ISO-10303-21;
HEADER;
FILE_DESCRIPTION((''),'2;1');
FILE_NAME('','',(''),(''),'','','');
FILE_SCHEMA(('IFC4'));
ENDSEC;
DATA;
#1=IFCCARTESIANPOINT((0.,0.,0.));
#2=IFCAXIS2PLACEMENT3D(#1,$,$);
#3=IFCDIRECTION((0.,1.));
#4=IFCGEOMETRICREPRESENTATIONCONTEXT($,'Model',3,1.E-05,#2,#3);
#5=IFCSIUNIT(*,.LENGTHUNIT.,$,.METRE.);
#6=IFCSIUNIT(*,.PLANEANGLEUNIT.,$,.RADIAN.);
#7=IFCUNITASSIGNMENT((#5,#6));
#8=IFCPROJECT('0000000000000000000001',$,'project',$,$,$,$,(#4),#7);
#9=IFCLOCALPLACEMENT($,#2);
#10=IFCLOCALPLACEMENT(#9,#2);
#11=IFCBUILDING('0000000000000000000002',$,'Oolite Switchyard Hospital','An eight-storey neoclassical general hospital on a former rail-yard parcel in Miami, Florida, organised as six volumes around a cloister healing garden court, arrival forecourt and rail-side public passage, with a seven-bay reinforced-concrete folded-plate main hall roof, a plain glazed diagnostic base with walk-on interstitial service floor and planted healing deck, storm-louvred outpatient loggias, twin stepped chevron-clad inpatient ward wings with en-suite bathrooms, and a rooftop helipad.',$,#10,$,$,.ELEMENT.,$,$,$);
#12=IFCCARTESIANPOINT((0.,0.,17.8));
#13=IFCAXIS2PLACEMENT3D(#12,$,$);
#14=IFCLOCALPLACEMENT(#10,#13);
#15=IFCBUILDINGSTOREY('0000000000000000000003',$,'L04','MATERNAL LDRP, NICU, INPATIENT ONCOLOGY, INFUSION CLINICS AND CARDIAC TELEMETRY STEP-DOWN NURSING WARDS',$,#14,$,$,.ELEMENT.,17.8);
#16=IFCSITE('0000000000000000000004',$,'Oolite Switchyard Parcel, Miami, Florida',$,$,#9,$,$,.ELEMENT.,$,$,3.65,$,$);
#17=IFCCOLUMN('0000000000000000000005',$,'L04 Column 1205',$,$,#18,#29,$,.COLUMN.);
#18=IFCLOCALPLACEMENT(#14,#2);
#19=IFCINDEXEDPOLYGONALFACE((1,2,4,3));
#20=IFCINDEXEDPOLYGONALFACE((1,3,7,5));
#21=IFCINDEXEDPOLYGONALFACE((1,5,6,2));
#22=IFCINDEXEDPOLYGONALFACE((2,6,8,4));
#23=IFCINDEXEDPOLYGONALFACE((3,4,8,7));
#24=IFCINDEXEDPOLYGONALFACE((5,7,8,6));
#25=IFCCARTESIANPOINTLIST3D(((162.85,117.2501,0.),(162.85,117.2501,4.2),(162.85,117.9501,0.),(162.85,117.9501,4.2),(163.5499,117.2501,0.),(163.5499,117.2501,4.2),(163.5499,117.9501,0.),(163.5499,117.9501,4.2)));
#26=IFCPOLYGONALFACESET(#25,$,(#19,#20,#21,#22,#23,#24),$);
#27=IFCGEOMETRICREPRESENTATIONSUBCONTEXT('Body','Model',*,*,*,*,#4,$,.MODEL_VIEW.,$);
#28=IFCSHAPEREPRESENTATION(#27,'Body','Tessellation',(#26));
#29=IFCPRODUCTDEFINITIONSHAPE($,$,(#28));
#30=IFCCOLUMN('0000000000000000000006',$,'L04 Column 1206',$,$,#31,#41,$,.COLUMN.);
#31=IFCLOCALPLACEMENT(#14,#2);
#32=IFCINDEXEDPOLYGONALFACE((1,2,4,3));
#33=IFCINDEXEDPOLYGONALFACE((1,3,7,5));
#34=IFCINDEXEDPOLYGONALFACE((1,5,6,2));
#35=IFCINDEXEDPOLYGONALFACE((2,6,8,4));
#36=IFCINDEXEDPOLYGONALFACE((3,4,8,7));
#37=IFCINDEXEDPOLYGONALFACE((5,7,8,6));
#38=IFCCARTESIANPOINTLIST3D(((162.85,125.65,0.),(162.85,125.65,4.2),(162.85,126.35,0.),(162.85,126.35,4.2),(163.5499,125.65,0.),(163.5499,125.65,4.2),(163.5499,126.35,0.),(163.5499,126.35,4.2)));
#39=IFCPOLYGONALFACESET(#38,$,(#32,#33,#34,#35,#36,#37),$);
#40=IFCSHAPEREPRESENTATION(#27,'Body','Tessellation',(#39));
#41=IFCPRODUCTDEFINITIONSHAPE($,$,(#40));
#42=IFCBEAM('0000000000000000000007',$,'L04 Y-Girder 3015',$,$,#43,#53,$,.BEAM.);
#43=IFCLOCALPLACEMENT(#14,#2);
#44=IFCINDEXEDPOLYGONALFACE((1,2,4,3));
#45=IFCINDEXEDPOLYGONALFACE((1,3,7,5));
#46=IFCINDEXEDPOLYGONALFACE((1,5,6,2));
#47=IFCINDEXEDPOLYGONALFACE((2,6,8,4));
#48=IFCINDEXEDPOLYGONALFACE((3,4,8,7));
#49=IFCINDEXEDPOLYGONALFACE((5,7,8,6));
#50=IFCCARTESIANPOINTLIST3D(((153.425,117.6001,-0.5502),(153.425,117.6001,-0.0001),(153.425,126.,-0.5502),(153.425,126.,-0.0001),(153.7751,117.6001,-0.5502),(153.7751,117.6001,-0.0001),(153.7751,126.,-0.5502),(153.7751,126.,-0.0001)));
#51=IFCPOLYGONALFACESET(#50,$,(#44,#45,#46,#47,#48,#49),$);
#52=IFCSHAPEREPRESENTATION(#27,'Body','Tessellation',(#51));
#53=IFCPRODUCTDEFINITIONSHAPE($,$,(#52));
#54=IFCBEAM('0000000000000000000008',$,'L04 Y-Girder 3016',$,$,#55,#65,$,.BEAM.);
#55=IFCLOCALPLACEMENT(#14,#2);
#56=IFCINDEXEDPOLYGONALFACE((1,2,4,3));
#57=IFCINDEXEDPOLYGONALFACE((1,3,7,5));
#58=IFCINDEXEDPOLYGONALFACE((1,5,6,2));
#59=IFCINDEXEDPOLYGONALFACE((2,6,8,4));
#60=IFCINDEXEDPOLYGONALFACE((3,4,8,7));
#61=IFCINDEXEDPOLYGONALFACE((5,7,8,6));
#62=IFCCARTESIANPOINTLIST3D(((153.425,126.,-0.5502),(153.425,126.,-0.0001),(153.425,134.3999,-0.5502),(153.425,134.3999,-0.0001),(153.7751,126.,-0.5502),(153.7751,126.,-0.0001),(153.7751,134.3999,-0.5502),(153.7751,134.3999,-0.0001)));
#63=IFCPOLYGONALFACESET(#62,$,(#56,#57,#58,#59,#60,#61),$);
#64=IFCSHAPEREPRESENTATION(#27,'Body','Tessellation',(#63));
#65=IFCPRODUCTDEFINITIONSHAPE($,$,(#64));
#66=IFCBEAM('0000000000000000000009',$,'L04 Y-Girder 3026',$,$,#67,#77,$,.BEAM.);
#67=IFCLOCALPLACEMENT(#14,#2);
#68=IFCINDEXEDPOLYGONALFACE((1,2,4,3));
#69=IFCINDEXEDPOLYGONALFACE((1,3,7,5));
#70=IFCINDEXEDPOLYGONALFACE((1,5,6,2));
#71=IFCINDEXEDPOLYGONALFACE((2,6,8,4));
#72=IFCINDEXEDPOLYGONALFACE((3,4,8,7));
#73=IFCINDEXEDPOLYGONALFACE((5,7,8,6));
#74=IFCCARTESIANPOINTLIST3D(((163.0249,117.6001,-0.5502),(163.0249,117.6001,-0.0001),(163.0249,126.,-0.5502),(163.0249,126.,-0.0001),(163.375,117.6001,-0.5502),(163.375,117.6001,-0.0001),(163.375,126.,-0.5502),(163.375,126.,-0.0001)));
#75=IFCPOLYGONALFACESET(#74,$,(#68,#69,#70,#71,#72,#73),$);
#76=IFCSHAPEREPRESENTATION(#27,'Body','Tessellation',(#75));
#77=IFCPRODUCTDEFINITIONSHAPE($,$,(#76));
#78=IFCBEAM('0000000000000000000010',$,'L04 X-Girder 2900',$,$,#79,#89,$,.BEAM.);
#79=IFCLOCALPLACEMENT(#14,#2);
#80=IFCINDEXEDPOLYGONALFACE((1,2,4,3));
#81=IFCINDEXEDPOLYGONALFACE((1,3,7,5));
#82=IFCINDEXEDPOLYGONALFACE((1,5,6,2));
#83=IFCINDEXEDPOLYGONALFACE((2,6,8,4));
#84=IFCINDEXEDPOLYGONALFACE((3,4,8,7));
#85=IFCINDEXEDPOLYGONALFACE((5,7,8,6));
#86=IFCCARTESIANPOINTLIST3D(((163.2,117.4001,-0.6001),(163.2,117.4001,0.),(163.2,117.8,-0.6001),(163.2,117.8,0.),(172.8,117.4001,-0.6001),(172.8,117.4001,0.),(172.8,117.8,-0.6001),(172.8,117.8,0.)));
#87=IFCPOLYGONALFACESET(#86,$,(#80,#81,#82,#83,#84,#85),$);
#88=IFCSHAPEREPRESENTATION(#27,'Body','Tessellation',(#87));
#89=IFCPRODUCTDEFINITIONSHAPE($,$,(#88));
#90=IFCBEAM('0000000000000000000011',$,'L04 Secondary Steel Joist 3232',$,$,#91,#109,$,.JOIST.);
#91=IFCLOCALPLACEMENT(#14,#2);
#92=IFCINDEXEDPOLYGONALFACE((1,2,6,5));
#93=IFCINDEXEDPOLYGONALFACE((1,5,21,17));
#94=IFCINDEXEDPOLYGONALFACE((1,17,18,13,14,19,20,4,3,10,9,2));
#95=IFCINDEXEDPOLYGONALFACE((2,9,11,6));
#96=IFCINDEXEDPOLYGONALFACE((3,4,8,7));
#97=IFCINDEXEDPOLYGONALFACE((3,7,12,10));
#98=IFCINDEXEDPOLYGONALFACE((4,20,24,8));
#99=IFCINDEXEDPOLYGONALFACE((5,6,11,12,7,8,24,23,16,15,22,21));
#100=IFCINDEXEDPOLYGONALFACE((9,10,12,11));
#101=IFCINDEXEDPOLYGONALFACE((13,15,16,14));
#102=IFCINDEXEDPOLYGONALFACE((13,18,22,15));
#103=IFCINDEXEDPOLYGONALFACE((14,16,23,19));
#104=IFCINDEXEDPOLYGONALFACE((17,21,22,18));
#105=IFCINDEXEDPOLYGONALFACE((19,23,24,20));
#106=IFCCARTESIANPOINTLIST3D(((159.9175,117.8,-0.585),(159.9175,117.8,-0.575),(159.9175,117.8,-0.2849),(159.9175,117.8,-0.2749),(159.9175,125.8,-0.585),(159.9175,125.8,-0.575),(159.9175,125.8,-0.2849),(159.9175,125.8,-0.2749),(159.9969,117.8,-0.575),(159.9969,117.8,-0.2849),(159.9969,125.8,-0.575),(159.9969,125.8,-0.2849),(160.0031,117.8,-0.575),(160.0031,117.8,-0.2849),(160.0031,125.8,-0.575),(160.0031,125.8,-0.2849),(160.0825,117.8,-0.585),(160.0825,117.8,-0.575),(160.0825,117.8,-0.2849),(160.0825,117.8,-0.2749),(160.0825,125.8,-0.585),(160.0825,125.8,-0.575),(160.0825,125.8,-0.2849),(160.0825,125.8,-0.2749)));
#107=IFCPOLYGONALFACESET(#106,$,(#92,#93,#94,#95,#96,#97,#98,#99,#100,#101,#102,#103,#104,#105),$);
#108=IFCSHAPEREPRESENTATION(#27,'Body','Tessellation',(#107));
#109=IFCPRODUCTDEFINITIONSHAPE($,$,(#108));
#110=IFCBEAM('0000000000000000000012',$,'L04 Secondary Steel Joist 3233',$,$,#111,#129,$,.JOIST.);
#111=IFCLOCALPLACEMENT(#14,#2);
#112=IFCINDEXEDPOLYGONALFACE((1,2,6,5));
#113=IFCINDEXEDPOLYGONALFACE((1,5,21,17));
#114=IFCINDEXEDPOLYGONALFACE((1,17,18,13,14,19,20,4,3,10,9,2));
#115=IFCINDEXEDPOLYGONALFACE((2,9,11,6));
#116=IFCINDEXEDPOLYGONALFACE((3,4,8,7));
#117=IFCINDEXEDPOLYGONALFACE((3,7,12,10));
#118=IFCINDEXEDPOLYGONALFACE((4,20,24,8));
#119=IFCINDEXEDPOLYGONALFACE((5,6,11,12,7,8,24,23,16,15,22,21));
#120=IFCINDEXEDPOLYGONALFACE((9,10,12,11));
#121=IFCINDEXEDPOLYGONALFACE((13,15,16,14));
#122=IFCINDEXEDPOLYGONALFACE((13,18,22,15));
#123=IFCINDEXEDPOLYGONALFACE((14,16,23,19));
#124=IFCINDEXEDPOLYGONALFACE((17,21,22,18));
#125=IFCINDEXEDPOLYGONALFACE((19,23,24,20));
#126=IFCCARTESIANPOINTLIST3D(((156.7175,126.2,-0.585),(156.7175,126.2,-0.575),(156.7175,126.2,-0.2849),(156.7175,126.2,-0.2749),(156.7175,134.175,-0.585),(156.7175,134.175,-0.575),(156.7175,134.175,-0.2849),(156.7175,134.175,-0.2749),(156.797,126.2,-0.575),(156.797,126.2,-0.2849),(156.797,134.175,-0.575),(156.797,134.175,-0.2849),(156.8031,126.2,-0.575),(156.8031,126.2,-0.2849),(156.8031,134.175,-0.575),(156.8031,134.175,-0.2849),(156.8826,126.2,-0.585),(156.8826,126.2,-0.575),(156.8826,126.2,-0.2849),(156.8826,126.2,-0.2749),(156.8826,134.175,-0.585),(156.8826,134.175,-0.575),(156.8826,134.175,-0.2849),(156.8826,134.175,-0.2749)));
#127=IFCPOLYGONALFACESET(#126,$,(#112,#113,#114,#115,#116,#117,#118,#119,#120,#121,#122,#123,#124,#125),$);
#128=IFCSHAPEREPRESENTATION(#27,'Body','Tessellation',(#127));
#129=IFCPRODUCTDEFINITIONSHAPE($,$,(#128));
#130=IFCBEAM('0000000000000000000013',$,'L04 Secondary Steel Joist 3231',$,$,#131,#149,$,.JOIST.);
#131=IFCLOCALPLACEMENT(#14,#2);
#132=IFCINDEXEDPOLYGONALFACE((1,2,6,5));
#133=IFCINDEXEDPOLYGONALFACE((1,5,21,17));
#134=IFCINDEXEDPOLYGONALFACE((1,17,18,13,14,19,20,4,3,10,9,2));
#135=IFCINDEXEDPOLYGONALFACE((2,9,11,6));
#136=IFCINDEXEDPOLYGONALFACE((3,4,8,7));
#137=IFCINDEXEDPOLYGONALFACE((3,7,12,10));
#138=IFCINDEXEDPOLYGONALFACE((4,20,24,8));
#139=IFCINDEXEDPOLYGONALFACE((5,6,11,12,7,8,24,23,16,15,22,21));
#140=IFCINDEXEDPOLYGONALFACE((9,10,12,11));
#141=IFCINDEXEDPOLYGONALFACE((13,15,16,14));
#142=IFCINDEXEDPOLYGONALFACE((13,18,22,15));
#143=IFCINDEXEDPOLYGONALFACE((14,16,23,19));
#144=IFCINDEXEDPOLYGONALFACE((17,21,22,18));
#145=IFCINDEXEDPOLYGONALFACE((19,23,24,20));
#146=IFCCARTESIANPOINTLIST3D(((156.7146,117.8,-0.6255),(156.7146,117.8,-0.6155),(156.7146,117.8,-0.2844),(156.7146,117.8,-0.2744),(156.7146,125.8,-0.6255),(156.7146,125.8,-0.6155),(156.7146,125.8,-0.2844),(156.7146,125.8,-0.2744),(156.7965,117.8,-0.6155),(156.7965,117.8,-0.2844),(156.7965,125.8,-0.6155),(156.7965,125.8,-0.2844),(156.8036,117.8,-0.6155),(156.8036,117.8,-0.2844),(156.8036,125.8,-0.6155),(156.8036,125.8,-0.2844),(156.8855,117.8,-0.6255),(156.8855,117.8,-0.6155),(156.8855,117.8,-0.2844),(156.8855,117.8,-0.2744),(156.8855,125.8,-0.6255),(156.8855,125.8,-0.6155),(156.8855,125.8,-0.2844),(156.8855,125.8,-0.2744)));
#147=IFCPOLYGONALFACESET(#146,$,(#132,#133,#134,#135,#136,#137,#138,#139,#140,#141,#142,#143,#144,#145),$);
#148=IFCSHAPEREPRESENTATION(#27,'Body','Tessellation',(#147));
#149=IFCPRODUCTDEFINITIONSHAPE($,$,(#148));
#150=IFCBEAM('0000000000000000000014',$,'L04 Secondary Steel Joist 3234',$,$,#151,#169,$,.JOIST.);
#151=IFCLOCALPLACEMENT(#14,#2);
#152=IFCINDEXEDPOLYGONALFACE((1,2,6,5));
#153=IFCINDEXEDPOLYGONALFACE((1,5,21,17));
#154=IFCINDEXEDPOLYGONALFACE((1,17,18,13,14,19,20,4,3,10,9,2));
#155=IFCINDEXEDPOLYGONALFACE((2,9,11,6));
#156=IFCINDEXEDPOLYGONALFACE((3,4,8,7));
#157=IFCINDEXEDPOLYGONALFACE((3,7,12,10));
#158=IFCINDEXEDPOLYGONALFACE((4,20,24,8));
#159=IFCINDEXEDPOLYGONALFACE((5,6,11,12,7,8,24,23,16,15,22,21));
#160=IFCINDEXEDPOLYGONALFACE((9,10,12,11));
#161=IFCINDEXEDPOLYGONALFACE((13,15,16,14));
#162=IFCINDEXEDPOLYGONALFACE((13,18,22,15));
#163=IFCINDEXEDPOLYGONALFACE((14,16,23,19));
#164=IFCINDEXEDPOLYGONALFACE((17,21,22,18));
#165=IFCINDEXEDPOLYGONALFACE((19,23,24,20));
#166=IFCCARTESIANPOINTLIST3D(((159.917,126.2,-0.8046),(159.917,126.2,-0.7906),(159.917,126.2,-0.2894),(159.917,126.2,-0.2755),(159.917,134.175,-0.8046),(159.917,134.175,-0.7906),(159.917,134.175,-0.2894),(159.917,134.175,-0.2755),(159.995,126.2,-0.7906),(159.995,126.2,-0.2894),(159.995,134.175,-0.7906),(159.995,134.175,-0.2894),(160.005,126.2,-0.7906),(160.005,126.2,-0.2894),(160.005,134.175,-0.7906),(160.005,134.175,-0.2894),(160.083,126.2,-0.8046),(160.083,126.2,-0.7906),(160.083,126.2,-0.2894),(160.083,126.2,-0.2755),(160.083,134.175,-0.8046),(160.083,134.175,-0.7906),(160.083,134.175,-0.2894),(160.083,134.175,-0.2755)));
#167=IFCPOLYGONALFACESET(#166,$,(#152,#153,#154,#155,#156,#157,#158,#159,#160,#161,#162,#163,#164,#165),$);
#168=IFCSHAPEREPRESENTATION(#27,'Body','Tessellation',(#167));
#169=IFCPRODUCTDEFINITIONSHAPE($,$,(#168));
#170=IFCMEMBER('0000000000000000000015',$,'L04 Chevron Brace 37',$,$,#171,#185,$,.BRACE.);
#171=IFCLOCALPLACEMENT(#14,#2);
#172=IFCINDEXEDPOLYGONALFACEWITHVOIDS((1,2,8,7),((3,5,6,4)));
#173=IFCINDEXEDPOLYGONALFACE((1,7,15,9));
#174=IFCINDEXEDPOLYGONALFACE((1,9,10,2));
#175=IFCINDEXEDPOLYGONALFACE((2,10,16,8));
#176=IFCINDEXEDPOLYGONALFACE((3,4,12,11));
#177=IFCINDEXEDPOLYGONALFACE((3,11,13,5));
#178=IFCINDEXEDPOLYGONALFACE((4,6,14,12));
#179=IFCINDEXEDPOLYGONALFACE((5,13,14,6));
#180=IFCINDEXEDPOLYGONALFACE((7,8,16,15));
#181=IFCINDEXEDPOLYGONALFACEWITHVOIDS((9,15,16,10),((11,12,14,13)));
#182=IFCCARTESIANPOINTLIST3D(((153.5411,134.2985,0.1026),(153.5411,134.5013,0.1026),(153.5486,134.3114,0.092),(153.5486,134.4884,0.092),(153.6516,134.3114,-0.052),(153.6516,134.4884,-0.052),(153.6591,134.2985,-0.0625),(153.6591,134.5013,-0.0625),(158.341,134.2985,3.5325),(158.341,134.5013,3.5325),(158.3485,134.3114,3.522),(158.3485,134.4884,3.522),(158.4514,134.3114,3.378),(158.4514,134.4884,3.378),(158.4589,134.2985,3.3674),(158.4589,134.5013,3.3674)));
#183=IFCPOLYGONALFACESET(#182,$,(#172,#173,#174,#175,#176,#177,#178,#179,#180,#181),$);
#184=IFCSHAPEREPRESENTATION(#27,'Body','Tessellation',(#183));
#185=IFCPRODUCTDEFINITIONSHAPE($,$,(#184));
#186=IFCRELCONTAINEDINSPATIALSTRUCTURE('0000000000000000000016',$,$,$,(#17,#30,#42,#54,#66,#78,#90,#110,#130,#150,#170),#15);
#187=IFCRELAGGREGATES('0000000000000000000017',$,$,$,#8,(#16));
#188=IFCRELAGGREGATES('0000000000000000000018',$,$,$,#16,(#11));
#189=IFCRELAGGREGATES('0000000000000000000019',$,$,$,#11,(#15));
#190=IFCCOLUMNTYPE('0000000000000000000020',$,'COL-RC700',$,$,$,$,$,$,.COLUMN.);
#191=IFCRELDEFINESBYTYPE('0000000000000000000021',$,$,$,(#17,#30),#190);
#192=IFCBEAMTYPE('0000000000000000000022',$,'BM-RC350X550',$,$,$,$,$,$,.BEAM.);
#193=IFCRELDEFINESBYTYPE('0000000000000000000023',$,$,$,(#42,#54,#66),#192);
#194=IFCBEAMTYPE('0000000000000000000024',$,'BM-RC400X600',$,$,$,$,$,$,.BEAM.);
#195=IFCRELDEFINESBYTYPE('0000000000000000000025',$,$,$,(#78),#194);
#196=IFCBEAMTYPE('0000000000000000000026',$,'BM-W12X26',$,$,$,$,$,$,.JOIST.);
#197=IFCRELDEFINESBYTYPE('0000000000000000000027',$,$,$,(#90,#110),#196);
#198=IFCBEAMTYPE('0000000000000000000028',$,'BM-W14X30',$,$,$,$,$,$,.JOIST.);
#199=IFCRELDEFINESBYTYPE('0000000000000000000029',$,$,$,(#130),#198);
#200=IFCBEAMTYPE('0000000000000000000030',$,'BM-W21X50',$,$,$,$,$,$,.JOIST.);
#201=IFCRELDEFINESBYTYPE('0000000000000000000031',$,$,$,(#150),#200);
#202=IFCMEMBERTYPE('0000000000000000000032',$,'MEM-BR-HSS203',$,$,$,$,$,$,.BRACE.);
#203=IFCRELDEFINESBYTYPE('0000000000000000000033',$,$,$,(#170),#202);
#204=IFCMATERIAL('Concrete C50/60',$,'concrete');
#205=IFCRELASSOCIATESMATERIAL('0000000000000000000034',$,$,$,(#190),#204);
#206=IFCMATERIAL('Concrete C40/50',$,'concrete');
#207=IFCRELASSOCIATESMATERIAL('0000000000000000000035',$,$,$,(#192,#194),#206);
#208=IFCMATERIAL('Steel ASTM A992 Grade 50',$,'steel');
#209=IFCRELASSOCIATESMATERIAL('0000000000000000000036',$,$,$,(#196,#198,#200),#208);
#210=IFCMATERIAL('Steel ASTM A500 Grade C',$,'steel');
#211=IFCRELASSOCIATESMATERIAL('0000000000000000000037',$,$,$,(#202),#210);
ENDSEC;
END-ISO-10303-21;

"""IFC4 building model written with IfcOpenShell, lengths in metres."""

from ifc_helpers import new_model, si_unit, direction, frame, origin, origin_2d, place, context, subcontext, project, spatial, rectangle, hollow_rectangle, i_section, extrude, material, material_profile, profile_set, type_object, element, save


model = new_model("IFC4")

# Units and contexts
model_context = context("Model", 3, precision=1e-05, world=origin(), true_north=direction((0.0, 1.0)))
body_context = subcontext(model_context, "Body", "Model", "MODEL_VIEW")
ifc_project = project(units=[si_unit("LENGTHUNIT", "METRE"), si_unit("PLANEANGLEUNIT", "RADIAN")], contexts=[model_context])

# Site, building, storey
site_placement = place(None, origin())
site = spatial("IfcSite", under=ifc_project, at=site_placement, Name="Oolite Switchyard Parcel, Miami, Florida", CompositionType="ELEMENT", RefElevation=3.65)
building_placement = place(site_placement, origin())
building = spatial("IfcBuilding", under=site, at=building_placement, Name="Oolite Switchyard Hospital", Description="An eight-storey neoclassical general hospital on a former rail-yard parcel in Miami, Florida, organised as six volumes around a cloister healing garden court, arrival forecourt and rail-side public passage, with a seven-bay reinforced-concrete folded-plate main hall roof, a plain glazed diagnostic base with walk-on interstitial service floor and planted healing deck, storm-louvred outpatient loggias, twin stepped chevron-clad inpatient ward wings with en-suite bathrooms, and a rooftop helipad.", CompositionType="ELEMENT")
storey_placement = place(building_placement, frame((0.0, 0.0, 17.8)))
storey = spatial("IfcBuildingStorey", under=building, at=storey_placement, Name="L04", Description="MATERNAL LDRP, NICU, INPATIENT ONCOLOGY, INFUSION CLINICS AND CARDIAC TELEMETRY STEP-DOWN NURSING WARDS", CompositionType="ELEMENT", Elevation=17.8)

# Columns
ifc_material_1 = material(Name="Concrete C50/60", Category="concrete")
ifc_material_profile_1 = material_profile(ifc_material_1, rectangle(XDim=0.7, YDim=0.7, at=origin_2d()), Name="RC700X700")
ifc_profile_set_1 = profile_set([ifc_material_profile_1], Name="Concrete C50/60")
column_type = type_object("IfcColumnType", Name="COL-RC700", PredefinedType="COLUMN", material=ifc_profile_set_1)
for number, where, z_axis, x_axis, name in (
    (1, (163.2, 117.6001, 0.0), (0.0, 0.0, 1.0), (1.0, 0.0, 0.0), "L04 Column 1205"),
    (2, (163.2, 126.0, 0.0), (0.0, 0.0, 1.0), (1.0, 0.0, 0.0), "L04 Column 1206"),
):
    element("IfcColumn", number, at=place(storey_placement, frame(where, z_axis=z_axis, x_axis=x_axis)), inside=storey, type_object=column_type, Name=name, PredefinedType="COLUMN", context=body_context, shape_type="SweptSolid", body=[
        extrude(rectangle(XDim=0.7, YDim=0.7, at=origin_2d()), origin(), (0.0, 0.0, 1.0), 4.2),
    ])

# Beams
ifc_material_2 = material(Name="Concrete C40/50", Category="concrete")
ifc_material_profile_2 = material_profile(ifc_material_2, rectangle(XDim=0.3501, YDim=0.55, at=origin_2d()), Name="RCB350X550")
ifc_profile_set_2 = profile_set([ifc_material_profile_2], Name="Concrete C40/50")
beam_type_1 = type_object("IfcBeamType", Name="BM-RC350X550", PredefinedType="BEAM", material=ifc_profile_set_2)
for number, where, z_axis, x_axis, name in (
    (3, (153.6001, 117.6001, -0.2751), (0.0, 1.0, 0.0), (-1.0, 0.0, 0.0), "L04 Y-Girder 3015"),
    (4, (153.6001, 126.0, -0.2751), (0.0, 1.0, 0.0), (-1.0, 0.0, 0.0), "L04 Y-Girder 3016"),
    (5, (163.2, 117.6001, -0.2751), (0.0, 1.0, 0.0), (-1.0, 0.0, 0.0), "L04 Y-Girder 3026"),
):
    element("IfcBeam", number, at=place(storey_placement, frame(where, z_axis=z_axis, x_axis=x_axis)), inside=storey, type_object=beam_type_1, Name=name, PredefinedType="BEAM", context=body_context, shape_type="SweptSolid", body=[
        extrude(rectangle(XDim=0.3501, YDim=0.55, at=origin_2d()), origin(), (0.0, 0.0, 1.0), 8.3999),
    ])
ifc_material_profile_3 = material_profile(ifc_material_2, rectangle(XDim=0.3999, YDim=0.6001, at=origin_2d()), Name="RCB400X600")
ifc_profile_set_3 = profile_set([ifc_material_profile_3], Name="Concrete C40/50")
beam_type_2 = type_object("IfcBeamType", Name="BM-RC400X600", PredefinedType="BEAM", material=ifc_profile_set_3)
beam_1_placement = place(storey_placement, frame((163.2, 117.6001, -0.3), z_axis=(1.0, 0.0, 0.0), x_axis=(0.0, 1.0, 0.0)))
element("IfcBeam", 6, at=beam_1_placement, inside=storey, type_object=beam_type_2, Name="L04 X-Girder 2900", PredefinedType="BEAM", context=body_context, shape_type="SweptSolid", body=[
    extrude(rectangle(XDim=0.3999, YDim=0.6001, at=origin_2d()), origin(), (0.0, 0.0, 1.0), 9.6001),
])
ifc_material_3 = material(Name="Steel ASTM A992 Grade 50", Category="steel")
ifc_material_profile_4 = material_profile(ifc_material_3, i_section(OverallWidth=0.165, OverallDepth=0.3101, WebThickness=0.0061, FlangeThickness=0.01, at=origin_2d()), Name="W12X26")
ifc_profile_set_4 = profile_set([ifc_material_profile_4], Name="Steel ASTM A992 Grade 50")
beam_type_3 = type_object("IfcBeamType", Name="BM-W12X26", PredefinedType="JOIST", material=ifc_profile_set_4)
beam_2_placement = place(storey_placement, frame((160.0, 117.8, -0.4299), z_axis=(0.0, 1.0, 0.0), x_axis=(-1.0, 0.0, 0.0)))
element("IfcBeam", 7, at=beam_2_placement, inside=storey, type_object=beam_type_3, Name="L04 Secondary Steel Joist 3232", PredefinedType="JOIST", context=body_context, shape_type="SweptSolid", body=[
    extrude(i_section(OverallWidth=0.165, OverallDepth=0.3101, WebThickness=0.0061, FlangeThickness=0.01, at=origin_2d()), origin(), (0.0, 0.0, 1.0), 8.0),
])
beam_3_placement = place(storey_placement, frame((156.8, 126.2, -0.4299), z_axis=(0.0, 1.0, 0.0), x_axis=(-1.0, 0.0, 0.0)))
element("IfcBeam", 8, at=beam_3_placement, inside=storey, type_object=beam_type_3, Name="L04 Secondary Steel Joist 3233", PredefinedType="JOIST", context=body_context, shape_type="SweptSolid", body=[
    extrude(i_section(OverallWidth=0.165, OverallDepth=0.3101, WebThickness=0.0061, FlangeThickness=0.01, at=origin_2d()), origin(), (0.0, 0.0, 1.0), 7.9751),
])
ifc_material_profile_5 = material_profile(ifc_material_3, i_section(OverallWidth=0.1709, OverallDepth=0.3511, WebThickness=0.0071, FlangeThickness=0.01, at=origin_2d()), Name="W14X30")
ifc_profile_set_5 = profile_set([ifc_material_profile_5], Name="Steel ASTM A992 Grade 50")
beam_type_4 = type_object("IfcBeamType", Name="BM-W14X30", PredefinedType="JOIST", material=ifc_profile_set_5)
beam_4_placement = place(storey_placement, frame((156.8, 117.8, -0.45), z_axis=(0.0, 1.0, 0.0), x_axis=(-1.0, 0.0, 0.0)))
element("IfcBeam", 9, at=beam_4_placement, inside=storey, type_object=beam_type_4, Name="L04 Secondary Steel Joist 3231", PredefinedType="JOIST", context=body_context, shape_type="SweptSolid", body=[
    extrude(i_section(OverallWidth=0.1709, OverallDepth=0.3511, WebThickness=0.0071, FlangeThickness=0.01, at=origin_2d()), origin(), (0.0, 0.0, 1.0), 8.0),
])
ifc_material_profile_6 = material_profile(ifc_material_3, i_section(OverallWidth=0.166, OverallDepth=0.5291, WebThickness=0.01, FlangeThickness=0.0139, at=origin_2d()), Name="W21X50")
ifc_profile_set_6 = profile_set([ifc_material_profile_6], Name="Steel ASTM A992 Grade 50")
beam_type_5 = type_object("IfcBeamType", Name="BM-W21X50", PredefinedType="JOIST", material=ifc_profile_set_6)
beam_5_placement = place(storey_placement, frame((160.0, 126.2, -0.54), z_axis=(0.0, 1.0, 0.0), x_axis=(-1.0, 0.0, 0.0)))
element("IfcBeam", 10, at=beam_5_placement, inside=storey, type_object=beam_type_5, Name="L04 Secondary Steel Joist 3234", PredefinedType="JOIST", context=body_context, shape_type="SweptSolid", body=[
    extrude(i_section(OverallWidth=0.166, OverallDepth=0.5291, WebThickness=0.01, FlangeThickness=0.0139, at=origin_2d()), origin(), (0.0, 0.0, 1.0), 7.9751),
])

# Member
ifc_material_4 = material(Name="Steel ASTM A500 Grade C", Category="steel")
ifc_material_profile_7 = material_profile(ifc_material_4, hollow_rectangle(XDim=0.2029, YDim=0.2029, WallThickness=0.0129, at=origin_2d()), Name="HSS203X203X13")
ifc_profile_set_7 = profile_set([ifc_material_profile_7], Name="Steel ASTM A500 Grade C")
member_type = type_object("IfcMemberType", Name="MEM-BR-HSS203", PredefinedType="BRACE", material=ifc_profile_set_7)
member_placement = place(storey_placement, frame((153.6001, 134.3999, 0.02), z_axis=(0.813613, 0.0, 0.581407), x_axis=(0.0, 1.0, 0.0)))
element("IfcMember", 11, at=member_placement, inside=storey, type_object=member_type, Name="L04 Chevron Brace 37", PredefinedType="BRACE", context=body_context, shape_type="SweptSolid", body=[
    extrude(hollow_rectangle(XDim=0.2029, YDim=0.2029, WallThickness=0.0129, at=origin_2d()), origin(), (0.0, 0.0, 1.0), 5.8994),
])

save(model, "model.ifc")
